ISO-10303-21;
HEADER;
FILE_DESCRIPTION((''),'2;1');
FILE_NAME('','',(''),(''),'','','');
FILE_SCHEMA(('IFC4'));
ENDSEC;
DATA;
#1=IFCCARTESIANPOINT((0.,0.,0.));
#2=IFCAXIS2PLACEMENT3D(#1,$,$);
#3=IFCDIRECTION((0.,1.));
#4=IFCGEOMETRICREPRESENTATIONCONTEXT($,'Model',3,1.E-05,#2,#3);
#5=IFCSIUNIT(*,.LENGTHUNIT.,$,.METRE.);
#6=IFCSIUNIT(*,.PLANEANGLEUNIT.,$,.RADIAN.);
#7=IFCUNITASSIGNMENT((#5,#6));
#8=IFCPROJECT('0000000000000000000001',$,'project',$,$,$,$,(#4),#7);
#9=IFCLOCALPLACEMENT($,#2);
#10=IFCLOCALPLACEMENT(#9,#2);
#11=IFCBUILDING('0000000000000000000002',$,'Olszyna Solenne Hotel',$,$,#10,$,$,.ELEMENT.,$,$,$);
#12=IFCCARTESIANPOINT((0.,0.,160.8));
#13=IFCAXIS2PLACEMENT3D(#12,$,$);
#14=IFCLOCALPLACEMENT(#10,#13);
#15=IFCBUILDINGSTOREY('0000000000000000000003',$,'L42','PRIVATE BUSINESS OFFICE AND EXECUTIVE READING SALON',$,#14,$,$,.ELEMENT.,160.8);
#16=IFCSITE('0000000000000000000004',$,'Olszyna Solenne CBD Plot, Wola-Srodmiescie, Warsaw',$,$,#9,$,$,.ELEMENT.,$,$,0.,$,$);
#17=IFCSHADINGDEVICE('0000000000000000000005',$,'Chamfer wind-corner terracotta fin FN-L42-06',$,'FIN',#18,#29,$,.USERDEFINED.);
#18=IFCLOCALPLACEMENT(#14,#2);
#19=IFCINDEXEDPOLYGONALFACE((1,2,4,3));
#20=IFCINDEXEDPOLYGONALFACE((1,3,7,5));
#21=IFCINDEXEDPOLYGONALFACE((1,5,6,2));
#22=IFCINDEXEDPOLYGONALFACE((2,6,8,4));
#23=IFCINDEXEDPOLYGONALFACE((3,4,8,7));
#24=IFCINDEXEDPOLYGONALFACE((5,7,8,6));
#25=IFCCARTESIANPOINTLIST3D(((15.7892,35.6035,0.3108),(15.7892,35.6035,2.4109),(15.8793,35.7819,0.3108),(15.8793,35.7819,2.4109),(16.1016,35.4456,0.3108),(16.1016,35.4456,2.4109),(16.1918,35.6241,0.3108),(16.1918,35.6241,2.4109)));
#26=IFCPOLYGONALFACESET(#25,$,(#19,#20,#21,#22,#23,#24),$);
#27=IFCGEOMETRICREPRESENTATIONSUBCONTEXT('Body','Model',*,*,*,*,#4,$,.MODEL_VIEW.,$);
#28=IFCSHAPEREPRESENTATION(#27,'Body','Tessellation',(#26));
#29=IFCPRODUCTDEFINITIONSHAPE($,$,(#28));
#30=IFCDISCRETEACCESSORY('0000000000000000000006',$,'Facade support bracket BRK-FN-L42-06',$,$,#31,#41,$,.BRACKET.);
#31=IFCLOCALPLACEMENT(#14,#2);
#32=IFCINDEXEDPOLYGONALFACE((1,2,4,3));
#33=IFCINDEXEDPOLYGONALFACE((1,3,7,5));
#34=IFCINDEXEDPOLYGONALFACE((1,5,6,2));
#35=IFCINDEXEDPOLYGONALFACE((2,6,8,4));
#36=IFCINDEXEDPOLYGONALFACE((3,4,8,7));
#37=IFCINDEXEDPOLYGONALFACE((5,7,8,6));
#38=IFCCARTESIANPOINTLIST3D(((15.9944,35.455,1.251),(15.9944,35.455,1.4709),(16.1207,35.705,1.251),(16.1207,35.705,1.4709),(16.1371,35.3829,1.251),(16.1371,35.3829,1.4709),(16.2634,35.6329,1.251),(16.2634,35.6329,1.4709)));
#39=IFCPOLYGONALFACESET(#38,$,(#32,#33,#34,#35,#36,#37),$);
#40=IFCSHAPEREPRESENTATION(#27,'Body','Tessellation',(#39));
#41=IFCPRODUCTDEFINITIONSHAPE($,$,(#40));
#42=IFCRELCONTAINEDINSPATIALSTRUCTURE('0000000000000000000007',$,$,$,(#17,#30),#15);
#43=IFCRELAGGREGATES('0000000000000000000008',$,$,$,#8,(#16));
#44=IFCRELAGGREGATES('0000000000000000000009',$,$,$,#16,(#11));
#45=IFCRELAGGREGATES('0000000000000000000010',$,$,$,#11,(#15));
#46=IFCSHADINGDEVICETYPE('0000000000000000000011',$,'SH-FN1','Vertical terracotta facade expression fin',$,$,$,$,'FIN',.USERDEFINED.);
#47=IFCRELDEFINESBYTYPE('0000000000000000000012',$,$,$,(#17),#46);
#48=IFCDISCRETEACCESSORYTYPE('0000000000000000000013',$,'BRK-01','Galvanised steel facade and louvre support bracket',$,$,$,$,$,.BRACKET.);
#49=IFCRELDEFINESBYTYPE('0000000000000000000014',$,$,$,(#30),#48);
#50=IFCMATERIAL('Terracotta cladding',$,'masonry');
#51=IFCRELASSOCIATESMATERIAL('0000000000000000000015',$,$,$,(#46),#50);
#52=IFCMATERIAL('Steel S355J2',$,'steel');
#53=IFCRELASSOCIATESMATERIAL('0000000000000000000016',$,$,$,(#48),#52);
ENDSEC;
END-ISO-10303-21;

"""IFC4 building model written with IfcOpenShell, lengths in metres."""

from ifc_helpers import new_model, si_unit, direction, frame, origin, origin_2d, place, context, subcontext, project, spatial, rectangle, extrude, source, transform, mapped, material, type_object, element, save


model = new_model("IFC4")

# Units and contexts
model_context = context("Model", 3, precision=1e-05, world=origin(), true_north=direction((0.0, 1.0)))
body_context = subcontext(model_context, "Body", "Model", "MODEL_VIEW")
ifc_project = project(units=[si_unit("LENGTHUNIT", "METRE"), si_unit("PLANEANGLEUNIT", "RADIAN")], contexts=[model_context])

# Site, building, storey
site_placement = place(None, origin())
site = spatial("IfcSite", under=ifc_project, at=site_placement, Name="Olszyna Solenne CBD Plot, Wola-Srodmiescie, Warsaw", CompositionType="ELEMENT", RefElevation=0.0)
building_placement = place(site_placement, origin())
building = spatial("IfcBuilding", under=site, at=building_placement, Name="Olszyna Solenne Hotel", CompositionType="ELEMENT")
storey_placement = place(building_placement, frame((0.0, 0.0, 160.8)))
storey = spatial("IfcBuildingStorey", under=building, at=storey_placement, Name="L42", Description="PRIVATE BUSINESS OFFICE AND EXECUTIVE READING SALON", CompositionType="ELEMENT", Elevation=160.8)

# Shared definitions
ifc_material_1 = material(Name="Steel S355J2", Category="steel")

# Shading device
ifc_material_2 = material(Name="Terracotta cladding", Category="masonry")
shading_device_type = type_object("IfcShadingDeviceType", Name="SH-FN1", Description="Vertical terracotta facade expression fin", ElementType="FIN", PredefinedType="USERDEFINED", material=ifc_material_2)
shared_shape_1 = source(origin(), body_context, "Body", "SweptSolid", [
    extrude(rectangle(XDim=0.2, YDim=0.3501, at=origin_2d()), origin(), (0.0, 0.0, 1.0), 2.1001),
])
shading_device_placement = place(storey_placement, frame((15.9905, 35.6138, 0.3108), z_axis=(0.0, 0.0, 1.0), x_axis=(0.450878, 0.892586, 0.0)))
element("IfcShadingDevice", 1, at=shading_device_placement, inside=storey, type_object=shading_device_type, Name="Chamfer wind-corner terracotta fin FN-L42-06", ObjectType="FIN", PredefinedType="USERDEFINED", context=body_context, shape_type="MappedRepresentation", body=[
    mapped(shared_shape_1, transform((0.0, 0.0, 0.0), x_axis=(1.0, 0.0, 0.0), y_axis=(0.0, 1.0, 0.0), z_axis=(0.0, 0.0, 1.0), scale=1.0)),
])

# Discrete accessory
discrete_accessory_type = type_object("IfcDiscreteAccessoryType", Name="BRK-01", Description="Galvanised steel facade and louvre support bracket", PredefinedType="BRACKET", material=ifc_material_1)
shared_shape_2 = source(origin(), body_context, "Body", "SweptSolid", [
    extrude(rectangle(XDim=0.28, YDim=0.1599, at=origin_2d()), origin(), (0.0, 0.0, 1.0), 0.22),
])
discrete_accessory_placement = place(storey_placement, frame((16.1289, 35.5439, 1.251), z_axis=(0.0, 0.0, 1.0), x_axis=(0.450878, 0.892586, 0.0)))
element("IfcDiscreteAccessory", 2, at=discrete_accessory_placement, inside=storey, type_object=discrete_accessory_type, Name="Facade support bracket BRK-FN-L42-06", PredefinedType="BRACKET", context=body_context, shape_type="MappedRepresentation", body=[
    mapped(shared_shape_2, transform((0.0, 0.0, 0.0), x_axis=(1.0, 0.0, 0.0), y_axis=(0.0, 1.0, 0.0), z_axis=(0.0, 0.0, 1.0), scale=1.0)),
])

save(model, "model.ifc")
